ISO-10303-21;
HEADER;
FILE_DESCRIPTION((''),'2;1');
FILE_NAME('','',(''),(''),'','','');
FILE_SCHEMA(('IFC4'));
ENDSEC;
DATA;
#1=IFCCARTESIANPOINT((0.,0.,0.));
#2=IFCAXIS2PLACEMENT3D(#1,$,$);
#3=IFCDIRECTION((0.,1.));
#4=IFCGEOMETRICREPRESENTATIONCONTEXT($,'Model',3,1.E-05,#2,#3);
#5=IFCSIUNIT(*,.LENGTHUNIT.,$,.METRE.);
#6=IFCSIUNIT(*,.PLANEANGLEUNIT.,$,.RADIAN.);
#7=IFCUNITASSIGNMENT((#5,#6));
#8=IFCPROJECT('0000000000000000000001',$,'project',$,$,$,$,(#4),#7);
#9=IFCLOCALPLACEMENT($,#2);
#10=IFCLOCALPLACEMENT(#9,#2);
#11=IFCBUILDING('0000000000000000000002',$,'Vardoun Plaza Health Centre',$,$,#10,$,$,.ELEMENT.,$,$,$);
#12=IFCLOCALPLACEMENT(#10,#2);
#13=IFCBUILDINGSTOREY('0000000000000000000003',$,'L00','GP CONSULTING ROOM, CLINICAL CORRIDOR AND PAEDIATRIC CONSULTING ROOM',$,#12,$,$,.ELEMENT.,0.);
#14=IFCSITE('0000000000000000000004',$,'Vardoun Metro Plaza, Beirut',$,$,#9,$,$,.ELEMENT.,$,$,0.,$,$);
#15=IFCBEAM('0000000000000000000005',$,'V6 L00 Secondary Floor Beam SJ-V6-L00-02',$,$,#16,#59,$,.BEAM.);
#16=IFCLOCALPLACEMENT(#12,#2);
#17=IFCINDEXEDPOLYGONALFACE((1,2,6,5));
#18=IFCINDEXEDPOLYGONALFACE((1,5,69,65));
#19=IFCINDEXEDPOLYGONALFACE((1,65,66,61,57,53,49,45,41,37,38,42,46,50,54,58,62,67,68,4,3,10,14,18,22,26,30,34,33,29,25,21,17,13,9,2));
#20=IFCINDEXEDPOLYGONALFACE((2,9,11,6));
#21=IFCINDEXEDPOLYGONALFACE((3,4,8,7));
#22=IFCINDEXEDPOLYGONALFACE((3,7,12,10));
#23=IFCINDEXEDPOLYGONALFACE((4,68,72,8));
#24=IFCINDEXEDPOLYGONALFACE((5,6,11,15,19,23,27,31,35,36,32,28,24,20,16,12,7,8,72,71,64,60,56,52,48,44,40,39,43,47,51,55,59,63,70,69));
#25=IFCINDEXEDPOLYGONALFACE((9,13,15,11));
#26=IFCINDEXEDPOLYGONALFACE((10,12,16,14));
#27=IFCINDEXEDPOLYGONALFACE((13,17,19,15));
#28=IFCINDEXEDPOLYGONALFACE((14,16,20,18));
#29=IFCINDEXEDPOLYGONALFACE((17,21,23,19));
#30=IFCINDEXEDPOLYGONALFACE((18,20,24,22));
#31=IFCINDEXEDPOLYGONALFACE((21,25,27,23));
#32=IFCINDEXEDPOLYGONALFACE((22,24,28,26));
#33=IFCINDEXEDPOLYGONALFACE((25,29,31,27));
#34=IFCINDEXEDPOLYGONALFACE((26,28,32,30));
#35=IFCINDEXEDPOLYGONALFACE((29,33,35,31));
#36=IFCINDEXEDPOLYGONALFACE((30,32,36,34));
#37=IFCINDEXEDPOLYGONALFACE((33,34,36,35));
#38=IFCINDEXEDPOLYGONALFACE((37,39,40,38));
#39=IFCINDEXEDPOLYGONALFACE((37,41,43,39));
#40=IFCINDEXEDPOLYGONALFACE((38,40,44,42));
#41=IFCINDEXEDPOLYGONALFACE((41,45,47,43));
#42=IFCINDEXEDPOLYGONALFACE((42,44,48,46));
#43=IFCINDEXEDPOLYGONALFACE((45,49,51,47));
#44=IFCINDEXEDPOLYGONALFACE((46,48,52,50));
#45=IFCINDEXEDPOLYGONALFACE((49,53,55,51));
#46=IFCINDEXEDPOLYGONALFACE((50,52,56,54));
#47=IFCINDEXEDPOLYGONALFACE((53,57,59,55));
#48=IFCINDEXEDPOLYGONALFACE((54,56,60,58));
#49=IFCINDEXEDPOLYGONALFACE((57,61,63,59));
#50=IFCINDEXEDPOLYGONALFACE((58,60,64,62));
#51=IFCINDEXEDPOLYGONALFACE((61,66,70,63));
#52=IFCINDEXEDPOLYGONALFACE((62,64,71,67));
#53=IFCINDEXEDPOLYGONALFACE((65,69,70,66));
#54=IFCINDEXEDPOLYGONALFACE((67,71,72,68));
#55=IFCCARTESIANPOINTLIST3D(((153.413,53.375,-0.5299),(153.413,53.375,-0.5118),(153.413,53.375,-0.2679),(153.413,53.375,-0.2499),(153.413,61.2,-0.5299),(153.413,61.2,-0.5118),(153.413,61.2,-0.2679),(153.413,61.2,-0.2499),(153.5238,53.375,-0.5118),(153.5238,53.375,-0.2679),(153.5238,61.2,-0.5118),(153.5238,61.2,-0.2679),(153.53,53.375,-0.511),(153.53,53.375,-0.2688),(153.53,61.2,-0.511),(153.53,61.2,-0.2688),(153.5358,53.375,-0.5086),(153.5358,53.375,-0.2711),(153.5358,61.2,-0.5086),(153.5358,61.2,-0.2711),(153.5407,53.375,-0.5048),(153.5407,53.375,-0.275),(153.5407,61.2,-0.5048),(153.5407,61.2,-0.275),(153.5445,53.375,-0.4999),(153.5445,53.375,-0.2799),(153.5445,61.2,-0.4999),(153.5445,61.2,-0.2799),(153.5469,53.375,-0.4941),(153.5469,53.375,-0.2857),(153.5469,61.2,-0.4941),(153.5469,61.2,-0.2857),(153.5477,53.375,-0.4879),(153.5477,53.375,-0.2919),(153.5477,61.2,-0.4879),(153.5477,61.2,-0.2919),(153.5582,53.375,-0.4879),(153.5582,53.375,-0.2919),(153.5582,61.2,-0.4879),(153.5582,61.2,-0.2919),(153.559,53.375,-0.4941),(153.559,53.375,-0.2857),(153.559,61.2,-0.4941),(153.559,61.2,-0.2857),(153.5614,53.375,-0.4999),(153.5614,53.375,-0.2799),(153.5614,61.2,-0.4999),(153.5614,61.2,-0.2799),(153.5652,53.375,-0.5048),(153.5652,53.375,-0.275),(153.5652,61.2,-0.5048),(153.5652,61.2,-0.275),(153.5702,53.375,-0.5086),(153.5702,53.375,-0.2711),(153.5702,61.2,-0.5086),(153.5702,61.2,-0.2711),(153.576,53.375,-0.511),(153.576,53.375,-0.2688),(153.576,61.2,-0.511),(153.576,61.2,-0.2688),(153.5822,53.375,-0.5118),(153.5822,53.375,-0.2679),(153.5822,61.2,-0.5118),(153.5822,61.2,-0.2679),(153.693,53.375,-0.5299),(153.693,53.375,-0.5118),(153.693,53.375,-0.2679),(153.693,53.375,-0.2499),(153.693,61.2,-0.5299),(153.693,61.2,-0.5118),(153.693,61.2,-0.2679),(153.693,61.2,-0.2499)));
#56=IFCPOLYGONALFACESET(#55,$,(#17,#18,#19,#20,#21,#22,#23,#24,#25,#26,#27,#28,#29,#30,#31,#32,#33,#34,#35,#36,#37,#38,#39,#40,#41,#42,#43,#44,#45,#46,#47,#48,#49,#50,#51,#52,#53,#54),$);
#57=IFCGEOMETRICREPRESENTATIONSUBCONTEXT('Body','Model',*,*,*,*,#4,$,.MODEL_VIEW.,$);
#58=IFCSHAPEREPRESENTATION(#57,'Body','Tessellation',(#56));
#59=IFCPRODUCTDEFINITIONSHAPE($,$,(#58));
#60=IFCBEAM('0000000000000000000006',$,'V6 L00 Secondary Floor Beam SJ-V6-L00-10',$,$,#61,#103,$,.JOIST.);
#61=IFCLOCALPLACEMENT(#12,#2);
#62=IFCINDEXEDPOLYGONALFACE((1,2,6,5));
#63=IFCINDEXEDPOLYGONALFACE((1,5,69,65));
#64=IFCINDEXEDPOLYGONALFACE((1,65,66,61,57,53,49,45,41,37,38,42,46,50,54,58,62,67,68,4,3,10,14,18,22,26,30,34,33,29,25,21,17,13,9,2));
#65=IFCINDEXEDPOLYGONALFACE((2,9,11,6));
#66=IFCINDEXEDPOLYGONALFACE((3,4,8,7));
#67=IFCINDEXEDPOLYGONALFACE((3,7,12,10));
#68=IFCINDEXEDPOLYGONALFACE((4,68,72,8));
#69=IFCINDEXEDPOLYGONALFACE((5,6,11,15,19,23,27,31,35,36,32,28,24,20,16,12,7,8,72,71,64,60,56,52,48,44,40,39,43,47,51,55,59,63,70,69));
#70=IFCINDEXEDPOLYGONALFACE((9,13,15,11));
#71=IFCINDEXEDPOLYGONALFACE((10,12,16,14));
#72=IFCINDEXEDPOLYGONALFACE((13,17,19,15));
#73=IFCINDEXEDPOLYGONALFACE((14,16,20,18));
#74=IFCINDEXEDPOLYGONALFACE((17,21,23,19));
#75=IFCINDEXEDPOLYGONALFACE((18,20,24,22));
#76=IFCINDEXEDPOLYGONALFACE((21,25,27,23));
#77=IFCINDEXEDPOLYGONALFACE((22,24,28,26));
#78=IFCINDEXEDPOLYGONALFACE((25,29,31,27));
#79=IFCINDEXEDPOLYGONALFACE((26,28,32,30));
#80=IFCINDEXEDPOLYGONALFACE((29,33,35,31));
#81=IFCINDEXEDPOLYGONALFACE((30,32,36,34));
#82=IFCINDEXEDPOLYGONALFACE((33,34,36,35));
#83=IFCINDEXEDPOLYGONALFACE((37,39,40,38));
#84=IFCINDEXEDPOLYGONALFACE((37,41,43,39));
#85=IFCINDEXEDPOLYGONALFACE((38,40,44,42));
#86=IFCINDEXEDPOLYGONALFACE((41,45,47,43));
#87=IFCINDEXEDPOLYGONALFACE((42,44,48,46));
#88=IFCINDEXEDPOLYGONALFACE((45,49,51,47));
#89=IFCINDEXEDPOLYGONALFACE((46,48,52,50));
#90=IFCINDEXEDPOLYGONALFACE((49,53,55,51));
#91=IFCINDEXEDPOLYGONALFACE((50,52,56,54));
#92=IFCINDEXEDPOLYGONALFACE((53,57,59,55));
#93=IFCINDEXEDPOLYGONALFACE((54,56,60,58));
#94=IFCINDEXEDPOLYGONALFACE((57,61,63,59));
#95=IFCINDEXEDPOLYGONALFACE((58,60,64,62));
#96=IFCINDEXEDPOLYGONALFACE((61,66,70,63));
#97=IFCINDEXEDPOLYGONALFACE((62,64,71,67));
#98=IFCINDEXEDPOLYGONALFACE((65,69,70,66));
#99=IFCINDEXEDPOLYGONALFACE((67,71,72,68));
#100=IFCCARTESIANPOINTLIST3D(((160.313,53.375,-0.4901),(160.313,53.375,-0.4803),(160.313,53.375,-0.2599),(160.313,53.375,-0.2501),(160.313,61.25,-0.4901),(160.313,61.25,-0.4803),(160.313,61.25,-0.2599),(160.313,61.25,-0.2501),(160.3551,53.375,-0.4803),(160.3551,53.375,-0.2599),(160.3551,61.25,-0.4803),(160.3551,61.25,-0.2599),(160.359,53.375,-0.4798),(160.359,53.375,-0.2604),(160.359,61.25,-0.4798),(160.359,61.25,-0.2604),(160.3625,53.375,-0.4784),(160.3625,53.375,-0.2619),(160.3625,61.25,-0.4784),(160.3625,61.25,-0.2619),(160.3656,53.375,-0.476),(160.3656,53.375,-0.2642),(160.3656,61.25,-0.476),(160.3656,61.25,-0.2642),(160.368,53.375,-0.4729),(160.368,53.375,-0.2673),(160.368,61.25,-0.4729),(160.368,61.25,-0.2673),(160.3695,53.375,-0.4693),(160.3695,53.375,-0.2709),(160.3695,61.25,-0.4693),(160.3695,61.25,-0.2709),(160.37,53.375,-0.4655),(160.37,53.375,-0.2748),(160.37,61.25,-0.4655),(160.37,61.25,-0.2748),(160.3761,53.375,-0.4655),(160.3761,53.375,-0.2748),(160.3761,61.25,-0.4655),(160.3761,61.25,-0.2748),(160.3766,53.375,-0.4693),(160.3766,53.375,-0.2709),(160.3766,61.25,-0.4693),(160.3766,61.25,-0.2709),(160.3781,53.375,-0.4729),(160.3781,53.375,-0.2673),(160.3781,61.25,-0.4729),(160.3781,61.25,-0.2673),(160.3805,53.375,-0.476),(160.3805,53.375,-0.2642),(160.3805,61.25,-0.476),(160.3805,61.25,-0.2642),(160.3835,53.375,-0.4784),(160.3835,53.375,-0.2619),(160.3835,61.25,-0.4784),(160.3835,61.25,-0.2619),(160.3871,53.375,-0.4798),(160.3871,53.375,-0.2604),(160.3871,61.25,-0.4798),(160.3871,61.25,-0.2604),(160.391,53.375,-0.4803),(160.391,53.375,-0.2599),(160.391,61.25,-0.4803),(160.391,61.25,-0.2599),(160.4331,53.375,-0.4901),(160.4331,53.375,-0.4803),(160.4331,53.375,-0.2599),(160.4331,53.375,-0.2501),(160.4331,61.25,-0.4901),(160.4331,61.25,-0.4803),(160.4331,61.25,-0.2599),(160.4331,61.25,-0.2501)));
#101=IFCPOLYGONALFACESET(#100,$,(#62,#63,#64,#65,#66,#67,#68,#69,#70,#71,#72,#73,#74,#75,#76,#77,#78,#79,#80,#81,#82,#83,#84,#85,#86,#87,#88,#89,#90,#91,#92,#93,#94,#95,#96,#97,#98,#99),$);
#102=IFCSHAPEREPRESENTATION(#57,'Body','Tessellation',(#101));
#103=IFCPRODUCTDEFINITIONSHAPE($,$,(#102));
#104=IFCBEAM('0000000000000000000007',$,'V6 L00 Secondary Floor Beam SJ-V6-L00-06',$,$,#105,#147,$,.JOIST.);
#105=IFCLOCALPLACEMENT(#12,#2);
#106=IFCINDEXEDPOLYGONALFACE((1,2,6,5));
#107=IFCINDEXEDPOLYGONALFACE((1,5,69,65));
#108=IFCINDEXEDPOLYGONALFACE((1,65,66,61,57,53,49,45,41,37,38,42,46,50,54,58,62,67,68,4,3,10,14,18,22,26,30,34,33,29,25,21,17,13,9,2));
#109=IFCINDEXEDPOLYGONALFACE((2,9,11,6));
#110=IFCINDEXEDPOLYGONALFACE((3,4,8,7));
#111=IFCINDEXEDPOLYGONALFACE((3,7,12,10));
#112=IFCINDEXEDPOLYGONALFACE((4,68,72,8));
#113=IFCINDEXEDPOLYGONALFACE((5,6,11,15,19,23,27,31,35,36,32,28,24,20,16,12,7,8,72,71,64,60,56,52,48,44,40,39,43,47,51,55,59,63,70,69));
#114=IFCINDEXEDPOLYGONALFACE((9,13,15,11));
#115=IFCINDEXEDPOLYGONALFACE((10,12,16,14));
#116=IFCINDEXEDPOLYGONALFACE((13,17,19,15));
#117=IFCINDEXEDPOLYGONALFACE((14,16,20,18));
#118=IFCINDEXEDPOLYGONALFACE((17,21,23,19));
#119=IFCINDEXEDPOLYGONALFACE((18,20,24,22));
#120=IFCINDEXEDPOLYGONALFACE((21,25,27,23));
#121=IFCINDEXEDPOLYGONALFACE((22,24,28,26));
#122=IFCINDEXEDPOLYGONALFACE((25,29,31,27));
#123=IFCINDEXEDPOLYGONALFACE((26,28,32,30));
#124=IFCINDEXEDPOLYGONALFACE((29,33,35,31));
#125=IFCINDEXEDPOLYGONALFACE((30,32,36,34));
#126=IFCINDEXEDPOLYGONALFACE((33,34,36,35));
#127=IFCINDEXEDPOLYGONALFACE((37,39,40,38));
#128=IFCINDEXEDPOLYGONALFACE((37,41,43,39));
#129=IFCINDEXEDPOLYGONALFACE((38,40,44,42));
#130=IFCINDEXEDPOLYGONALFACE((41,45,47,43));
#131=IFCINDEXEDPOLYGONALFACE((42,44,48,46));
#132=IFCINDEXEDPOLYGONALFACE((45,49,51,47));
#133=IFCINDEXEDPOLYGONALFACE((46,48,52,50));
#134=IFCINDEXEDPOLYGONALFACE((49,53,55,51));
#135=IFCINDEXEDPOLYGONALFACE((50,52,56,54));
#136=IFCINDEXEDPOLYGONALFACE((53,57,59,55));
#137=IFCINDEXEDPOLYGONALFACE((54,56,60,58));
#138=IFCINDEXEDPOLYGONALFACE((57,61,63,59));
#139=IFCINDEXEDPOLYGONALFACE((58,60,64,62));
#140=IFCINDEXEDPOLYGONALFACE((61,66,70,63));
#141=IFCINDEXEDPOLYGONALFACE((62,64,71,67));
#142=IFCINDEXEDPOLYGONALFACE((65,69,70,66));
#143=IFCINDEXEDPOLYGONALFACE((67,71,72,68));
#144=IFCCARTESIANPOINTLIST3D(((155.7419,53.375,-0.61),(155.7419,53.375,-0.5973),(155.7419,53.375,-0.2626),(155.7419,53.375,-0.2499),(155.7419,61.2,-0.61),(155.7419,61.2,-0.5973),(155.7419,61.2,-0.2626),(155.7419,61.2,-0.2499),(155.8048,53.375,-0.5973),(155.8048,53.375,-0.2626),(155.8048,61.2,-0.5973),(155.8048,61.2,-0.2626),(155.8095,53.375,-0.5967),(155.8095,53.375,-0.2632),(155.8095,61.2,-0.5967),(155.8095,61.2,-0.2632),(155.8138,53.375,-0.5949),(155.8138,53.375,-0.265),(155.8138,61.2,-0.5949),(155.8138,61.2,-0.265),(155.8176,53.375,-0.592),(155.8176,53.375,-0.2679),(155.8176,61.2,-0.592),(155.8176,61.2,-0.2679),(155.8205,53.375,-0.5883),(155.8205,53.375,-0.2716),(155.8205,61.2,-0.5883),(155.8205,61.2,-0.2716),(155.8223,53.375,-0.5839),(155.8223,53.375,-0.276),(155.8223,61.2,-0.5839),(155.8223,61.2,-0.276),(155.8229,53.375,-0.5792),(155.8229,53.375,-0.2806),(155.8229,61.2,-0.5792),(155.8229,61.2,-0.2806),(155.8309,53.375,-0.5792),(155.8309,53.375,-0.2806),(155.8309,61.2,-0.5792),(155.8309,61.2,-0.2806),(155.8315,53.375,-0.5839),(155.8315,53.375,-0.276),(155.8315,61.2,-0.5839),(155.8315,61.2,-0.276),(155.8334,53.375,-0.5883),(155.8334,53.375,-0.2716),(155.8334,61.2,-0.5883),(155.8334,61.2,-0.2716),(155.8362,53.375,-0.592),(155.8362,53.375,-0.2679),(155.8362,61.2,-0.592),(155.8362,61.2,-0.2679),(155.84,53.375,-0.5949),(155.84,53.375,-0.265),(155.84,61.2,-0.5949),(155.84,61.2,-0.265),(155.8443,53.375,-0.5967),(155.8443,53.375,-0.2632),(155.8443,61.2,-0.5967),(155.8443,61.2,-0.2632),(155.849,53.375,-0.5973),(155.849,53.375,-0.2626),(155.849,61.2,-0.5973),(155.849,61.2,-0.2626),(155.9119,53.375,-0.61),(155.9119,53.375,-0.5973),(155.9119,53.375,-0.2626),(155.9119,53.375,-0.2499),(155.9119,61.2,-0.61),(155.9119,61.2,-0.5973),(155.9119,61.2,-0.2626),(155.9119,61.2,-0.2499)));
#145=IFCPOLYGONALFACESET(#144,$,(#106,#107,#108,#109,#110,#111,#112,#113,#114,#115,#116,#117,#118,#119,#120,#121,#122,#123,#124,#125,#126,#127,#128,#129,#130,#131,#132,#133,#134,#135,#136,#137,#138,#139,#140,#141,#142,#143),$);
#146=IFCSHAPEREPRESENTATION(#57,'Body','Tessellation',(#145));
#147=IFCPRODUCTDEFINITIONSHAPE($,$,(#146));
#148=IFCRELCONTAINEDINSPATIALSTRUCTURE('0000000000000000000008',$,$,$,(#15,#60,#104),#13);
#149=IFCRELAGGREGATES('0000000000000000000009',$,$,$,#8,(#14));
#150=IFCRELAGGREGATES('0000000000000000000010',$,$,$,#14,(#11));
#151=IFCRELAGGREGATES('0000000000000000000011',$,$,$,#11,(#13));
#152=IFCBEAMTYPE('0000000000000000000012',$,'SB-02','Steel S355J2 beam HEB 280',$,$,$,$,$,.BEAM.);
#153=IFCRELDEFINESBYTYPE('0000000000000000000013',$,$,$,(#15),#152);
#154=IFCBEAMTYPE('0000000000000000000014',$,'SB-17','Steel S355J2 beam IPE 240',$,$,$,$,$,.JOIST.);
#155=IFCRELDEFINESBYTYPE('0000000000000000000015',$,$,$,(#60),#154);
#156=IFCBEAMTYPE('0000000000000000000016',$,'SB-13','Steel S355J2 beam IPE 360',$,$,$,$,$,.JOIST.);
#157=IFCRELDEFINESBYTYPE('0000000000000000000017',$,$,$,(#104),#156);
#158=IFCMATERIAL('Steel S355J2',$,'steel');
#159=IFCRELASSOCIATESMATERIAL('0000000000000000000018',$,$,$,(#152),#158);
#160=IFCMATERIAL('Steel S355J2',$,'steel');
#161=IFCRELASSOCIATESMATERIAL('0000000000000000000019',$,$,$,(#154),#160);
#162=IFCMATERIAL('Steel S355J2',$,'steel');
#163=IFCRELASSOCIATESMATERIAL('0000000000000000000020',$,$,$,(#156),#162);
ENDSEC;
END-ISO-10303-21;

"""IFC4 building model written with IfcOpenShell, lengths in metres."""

from ifc_helpers import new_model, si_unit, direction, frame, origin, origin_2d, place, context, subcontext, project, spatial, i_section, extrude, material, material_profile, profile_set, type_object, element, save


model = new_model("IFC4")

# Units and contexts
model_context = context("Model", 3, precision=1e-05, world=origin(), true_north=direction((0.0, 1.0)))
body_context = subcontext(model_context, "Body", "Model", "MODEL_VIEW")
ifc_project = project(units=[si_unit("LENGTHUNIT", "METRE"), si_unit("PLANEANGLEUNIT", "RADIAN")], contexts=[model_context])

# Site, building, storey
site_placement = place(None, origin())
site = spatial("IfcSite", under=ifc_project, at=site_placement, Name="Vardoun Metro Plaza, Beirut", CompositionType="ELEMENT", RefElevation=0.0)
building_placement = place(site_placement, origin())
building = spatial("IfcBuilding", under=site, at=building_placement, Name="Vardoun Plaza Health Centre", CompositionType="ELEMENT")
storey_placement = place(building_placement, origin())
storey = spatial("IfcBuildingStorey", under=building, at=storey_placement, Name="L00", Description="GP CONSULTING ROOM, CLINICAL CORRIDOR AND PAEDIATRIC CONSULTING ROOM", CompositionType="ELEMENT", Elevation=0.0)

# Beams
ifc_material_1 = material(Name="Steel S355J2", Category="steel")
ifc_material_profile_1 = material_profile(ifc_material_1, i_section(OverallWidth=0.28, OverallDepth=0.28, WebThickness=0.0105, FlangeThickness=0.0181, FilletRadius=0.0239, at=origin_2d()), Name="HEB 280")
ifc_profile_set_1 = profile_set([ifc_material_profile_1], Name="Steel S355J2")
beam_type_1 = type_object("IfcBeamType", Name="SB-02", Description="Steel S355J2 beam HEB 280", PredefinedType="BEAM", material=ifc_profile_set_1)
beam_1_placement = place(storey_placement, frame((153.553, 53.375, -0.3899), z_axis=(0.0, 1.0, 0.0), x_axis=(-1.0, 0.0, 0.0)))
element("IfcBeam", 1, at=beam_1_placement, inside=storey, type_object=beam_type_1, Name="V6 L00 Secondary Floor Beam SJ-V6-L00-02", PredefinedType="BEAM", context=body_context, shape_type="SweptSolid", body=[
    extrude(i_section(OverallWidth=0.28, OverallDepth=0.28, WebThickness=0.0105, FlangeThickness=0.0181, FilletRadius=0.0239, at=origin_2d()), origin(), (0.0, 0.0, 1.0), 7.825),
])
ifc_material_2 = material(Name="Steel S355J2", Category="steel")
ifc_material_profile_2 = material_profile(ifc_material_2, i_section(OverallWidth=0.1201, OverallDepth=0.24, WebThickness=0.0061, FlangeThickness=0.0098, FilletRadius=0.0149, at=origin_2d()), Name="IPE 240")
ifc_profile_set_2 = profile_set([ifc_material_profile_2], Name="Steel S355J2")
beam_type_2 = type_object("IfcBeamType", Name="SB-17", Description="Steel S355J2 beam IPE 240", PredefinedType="JOIST", material=ifc_profile_set_2)
beam_2_placement = place(storey_placement, frame((160.373, 53.375, -0.3701), z_axis=(0.0, 1.0, 0.0), x_axis=(-1.0, 0.0, 0.0)))
element("IfcBeam", 2, at=beam_2_placement, inside=storey, type_object=beam_type_2, Name="V6 L00 Secondary Floor Beam SJ-V6-L00-10", PredefinedType="JOIST", context=body_context, shape_type="SweptSolid", body=[
    extrude(i_section(OverallWidth=0.1201, OverallDepth=0.24, WebThickness=0.0061, FlangeThickness=0.0098, FilletRadius=0.0149, at=origin_2d()), origin(), (0.0, 0.0, 1.0), 7.875),
])
ifc_material_3 = material(Name="Steel S355J2", Category="steel")
ifc_material_profile_3 = material_profile(ifc_material_3, i_section(OverallWidth=0.1699, OverallDepth=0.3601, WebThickness=0.0081, FlangeThickness=0.0127, FilletRadius=0.0181, at=origin_2d()), Name="IPE 360")
ifc_profile_set_3 = profile_set([ifc_material_profile_3], Name="Steel S355J2")
beam_type_3 = type_object("IfcBeamType", Name="SB-13", Description="Steel S355J2 beam IPE 360", PredefinedType="JOIST", material=ifc_profile_set_3)
beam_3_placement = place(storey_placement, frame((155.8269, 53.375, -0.4299), z_axis=(0.0, 1.0, 0.0), x_axis=(-1.0, 0.0, 0.0)))
element("IfcBeam", 3, at=beam_3_placement, inside=storey, type_object=beam_type_3, Name="V6 L00 Secondary Floor Beam SJ-V6-L00-06", PredefinedType="JOIST", context=body_context, shape_type="SweptSolid", body=[
    extrude(i_section(OverallWidth=0.1699, OverallDepth=0.3601, WebThickness=0.0081, FlangeThickness=0.0127, FilletRadius=0.0181, at=origin_2d()), origin(), (0.0, 0.0, 1.0), 7.825),
])

save(model, "model.ifc")
